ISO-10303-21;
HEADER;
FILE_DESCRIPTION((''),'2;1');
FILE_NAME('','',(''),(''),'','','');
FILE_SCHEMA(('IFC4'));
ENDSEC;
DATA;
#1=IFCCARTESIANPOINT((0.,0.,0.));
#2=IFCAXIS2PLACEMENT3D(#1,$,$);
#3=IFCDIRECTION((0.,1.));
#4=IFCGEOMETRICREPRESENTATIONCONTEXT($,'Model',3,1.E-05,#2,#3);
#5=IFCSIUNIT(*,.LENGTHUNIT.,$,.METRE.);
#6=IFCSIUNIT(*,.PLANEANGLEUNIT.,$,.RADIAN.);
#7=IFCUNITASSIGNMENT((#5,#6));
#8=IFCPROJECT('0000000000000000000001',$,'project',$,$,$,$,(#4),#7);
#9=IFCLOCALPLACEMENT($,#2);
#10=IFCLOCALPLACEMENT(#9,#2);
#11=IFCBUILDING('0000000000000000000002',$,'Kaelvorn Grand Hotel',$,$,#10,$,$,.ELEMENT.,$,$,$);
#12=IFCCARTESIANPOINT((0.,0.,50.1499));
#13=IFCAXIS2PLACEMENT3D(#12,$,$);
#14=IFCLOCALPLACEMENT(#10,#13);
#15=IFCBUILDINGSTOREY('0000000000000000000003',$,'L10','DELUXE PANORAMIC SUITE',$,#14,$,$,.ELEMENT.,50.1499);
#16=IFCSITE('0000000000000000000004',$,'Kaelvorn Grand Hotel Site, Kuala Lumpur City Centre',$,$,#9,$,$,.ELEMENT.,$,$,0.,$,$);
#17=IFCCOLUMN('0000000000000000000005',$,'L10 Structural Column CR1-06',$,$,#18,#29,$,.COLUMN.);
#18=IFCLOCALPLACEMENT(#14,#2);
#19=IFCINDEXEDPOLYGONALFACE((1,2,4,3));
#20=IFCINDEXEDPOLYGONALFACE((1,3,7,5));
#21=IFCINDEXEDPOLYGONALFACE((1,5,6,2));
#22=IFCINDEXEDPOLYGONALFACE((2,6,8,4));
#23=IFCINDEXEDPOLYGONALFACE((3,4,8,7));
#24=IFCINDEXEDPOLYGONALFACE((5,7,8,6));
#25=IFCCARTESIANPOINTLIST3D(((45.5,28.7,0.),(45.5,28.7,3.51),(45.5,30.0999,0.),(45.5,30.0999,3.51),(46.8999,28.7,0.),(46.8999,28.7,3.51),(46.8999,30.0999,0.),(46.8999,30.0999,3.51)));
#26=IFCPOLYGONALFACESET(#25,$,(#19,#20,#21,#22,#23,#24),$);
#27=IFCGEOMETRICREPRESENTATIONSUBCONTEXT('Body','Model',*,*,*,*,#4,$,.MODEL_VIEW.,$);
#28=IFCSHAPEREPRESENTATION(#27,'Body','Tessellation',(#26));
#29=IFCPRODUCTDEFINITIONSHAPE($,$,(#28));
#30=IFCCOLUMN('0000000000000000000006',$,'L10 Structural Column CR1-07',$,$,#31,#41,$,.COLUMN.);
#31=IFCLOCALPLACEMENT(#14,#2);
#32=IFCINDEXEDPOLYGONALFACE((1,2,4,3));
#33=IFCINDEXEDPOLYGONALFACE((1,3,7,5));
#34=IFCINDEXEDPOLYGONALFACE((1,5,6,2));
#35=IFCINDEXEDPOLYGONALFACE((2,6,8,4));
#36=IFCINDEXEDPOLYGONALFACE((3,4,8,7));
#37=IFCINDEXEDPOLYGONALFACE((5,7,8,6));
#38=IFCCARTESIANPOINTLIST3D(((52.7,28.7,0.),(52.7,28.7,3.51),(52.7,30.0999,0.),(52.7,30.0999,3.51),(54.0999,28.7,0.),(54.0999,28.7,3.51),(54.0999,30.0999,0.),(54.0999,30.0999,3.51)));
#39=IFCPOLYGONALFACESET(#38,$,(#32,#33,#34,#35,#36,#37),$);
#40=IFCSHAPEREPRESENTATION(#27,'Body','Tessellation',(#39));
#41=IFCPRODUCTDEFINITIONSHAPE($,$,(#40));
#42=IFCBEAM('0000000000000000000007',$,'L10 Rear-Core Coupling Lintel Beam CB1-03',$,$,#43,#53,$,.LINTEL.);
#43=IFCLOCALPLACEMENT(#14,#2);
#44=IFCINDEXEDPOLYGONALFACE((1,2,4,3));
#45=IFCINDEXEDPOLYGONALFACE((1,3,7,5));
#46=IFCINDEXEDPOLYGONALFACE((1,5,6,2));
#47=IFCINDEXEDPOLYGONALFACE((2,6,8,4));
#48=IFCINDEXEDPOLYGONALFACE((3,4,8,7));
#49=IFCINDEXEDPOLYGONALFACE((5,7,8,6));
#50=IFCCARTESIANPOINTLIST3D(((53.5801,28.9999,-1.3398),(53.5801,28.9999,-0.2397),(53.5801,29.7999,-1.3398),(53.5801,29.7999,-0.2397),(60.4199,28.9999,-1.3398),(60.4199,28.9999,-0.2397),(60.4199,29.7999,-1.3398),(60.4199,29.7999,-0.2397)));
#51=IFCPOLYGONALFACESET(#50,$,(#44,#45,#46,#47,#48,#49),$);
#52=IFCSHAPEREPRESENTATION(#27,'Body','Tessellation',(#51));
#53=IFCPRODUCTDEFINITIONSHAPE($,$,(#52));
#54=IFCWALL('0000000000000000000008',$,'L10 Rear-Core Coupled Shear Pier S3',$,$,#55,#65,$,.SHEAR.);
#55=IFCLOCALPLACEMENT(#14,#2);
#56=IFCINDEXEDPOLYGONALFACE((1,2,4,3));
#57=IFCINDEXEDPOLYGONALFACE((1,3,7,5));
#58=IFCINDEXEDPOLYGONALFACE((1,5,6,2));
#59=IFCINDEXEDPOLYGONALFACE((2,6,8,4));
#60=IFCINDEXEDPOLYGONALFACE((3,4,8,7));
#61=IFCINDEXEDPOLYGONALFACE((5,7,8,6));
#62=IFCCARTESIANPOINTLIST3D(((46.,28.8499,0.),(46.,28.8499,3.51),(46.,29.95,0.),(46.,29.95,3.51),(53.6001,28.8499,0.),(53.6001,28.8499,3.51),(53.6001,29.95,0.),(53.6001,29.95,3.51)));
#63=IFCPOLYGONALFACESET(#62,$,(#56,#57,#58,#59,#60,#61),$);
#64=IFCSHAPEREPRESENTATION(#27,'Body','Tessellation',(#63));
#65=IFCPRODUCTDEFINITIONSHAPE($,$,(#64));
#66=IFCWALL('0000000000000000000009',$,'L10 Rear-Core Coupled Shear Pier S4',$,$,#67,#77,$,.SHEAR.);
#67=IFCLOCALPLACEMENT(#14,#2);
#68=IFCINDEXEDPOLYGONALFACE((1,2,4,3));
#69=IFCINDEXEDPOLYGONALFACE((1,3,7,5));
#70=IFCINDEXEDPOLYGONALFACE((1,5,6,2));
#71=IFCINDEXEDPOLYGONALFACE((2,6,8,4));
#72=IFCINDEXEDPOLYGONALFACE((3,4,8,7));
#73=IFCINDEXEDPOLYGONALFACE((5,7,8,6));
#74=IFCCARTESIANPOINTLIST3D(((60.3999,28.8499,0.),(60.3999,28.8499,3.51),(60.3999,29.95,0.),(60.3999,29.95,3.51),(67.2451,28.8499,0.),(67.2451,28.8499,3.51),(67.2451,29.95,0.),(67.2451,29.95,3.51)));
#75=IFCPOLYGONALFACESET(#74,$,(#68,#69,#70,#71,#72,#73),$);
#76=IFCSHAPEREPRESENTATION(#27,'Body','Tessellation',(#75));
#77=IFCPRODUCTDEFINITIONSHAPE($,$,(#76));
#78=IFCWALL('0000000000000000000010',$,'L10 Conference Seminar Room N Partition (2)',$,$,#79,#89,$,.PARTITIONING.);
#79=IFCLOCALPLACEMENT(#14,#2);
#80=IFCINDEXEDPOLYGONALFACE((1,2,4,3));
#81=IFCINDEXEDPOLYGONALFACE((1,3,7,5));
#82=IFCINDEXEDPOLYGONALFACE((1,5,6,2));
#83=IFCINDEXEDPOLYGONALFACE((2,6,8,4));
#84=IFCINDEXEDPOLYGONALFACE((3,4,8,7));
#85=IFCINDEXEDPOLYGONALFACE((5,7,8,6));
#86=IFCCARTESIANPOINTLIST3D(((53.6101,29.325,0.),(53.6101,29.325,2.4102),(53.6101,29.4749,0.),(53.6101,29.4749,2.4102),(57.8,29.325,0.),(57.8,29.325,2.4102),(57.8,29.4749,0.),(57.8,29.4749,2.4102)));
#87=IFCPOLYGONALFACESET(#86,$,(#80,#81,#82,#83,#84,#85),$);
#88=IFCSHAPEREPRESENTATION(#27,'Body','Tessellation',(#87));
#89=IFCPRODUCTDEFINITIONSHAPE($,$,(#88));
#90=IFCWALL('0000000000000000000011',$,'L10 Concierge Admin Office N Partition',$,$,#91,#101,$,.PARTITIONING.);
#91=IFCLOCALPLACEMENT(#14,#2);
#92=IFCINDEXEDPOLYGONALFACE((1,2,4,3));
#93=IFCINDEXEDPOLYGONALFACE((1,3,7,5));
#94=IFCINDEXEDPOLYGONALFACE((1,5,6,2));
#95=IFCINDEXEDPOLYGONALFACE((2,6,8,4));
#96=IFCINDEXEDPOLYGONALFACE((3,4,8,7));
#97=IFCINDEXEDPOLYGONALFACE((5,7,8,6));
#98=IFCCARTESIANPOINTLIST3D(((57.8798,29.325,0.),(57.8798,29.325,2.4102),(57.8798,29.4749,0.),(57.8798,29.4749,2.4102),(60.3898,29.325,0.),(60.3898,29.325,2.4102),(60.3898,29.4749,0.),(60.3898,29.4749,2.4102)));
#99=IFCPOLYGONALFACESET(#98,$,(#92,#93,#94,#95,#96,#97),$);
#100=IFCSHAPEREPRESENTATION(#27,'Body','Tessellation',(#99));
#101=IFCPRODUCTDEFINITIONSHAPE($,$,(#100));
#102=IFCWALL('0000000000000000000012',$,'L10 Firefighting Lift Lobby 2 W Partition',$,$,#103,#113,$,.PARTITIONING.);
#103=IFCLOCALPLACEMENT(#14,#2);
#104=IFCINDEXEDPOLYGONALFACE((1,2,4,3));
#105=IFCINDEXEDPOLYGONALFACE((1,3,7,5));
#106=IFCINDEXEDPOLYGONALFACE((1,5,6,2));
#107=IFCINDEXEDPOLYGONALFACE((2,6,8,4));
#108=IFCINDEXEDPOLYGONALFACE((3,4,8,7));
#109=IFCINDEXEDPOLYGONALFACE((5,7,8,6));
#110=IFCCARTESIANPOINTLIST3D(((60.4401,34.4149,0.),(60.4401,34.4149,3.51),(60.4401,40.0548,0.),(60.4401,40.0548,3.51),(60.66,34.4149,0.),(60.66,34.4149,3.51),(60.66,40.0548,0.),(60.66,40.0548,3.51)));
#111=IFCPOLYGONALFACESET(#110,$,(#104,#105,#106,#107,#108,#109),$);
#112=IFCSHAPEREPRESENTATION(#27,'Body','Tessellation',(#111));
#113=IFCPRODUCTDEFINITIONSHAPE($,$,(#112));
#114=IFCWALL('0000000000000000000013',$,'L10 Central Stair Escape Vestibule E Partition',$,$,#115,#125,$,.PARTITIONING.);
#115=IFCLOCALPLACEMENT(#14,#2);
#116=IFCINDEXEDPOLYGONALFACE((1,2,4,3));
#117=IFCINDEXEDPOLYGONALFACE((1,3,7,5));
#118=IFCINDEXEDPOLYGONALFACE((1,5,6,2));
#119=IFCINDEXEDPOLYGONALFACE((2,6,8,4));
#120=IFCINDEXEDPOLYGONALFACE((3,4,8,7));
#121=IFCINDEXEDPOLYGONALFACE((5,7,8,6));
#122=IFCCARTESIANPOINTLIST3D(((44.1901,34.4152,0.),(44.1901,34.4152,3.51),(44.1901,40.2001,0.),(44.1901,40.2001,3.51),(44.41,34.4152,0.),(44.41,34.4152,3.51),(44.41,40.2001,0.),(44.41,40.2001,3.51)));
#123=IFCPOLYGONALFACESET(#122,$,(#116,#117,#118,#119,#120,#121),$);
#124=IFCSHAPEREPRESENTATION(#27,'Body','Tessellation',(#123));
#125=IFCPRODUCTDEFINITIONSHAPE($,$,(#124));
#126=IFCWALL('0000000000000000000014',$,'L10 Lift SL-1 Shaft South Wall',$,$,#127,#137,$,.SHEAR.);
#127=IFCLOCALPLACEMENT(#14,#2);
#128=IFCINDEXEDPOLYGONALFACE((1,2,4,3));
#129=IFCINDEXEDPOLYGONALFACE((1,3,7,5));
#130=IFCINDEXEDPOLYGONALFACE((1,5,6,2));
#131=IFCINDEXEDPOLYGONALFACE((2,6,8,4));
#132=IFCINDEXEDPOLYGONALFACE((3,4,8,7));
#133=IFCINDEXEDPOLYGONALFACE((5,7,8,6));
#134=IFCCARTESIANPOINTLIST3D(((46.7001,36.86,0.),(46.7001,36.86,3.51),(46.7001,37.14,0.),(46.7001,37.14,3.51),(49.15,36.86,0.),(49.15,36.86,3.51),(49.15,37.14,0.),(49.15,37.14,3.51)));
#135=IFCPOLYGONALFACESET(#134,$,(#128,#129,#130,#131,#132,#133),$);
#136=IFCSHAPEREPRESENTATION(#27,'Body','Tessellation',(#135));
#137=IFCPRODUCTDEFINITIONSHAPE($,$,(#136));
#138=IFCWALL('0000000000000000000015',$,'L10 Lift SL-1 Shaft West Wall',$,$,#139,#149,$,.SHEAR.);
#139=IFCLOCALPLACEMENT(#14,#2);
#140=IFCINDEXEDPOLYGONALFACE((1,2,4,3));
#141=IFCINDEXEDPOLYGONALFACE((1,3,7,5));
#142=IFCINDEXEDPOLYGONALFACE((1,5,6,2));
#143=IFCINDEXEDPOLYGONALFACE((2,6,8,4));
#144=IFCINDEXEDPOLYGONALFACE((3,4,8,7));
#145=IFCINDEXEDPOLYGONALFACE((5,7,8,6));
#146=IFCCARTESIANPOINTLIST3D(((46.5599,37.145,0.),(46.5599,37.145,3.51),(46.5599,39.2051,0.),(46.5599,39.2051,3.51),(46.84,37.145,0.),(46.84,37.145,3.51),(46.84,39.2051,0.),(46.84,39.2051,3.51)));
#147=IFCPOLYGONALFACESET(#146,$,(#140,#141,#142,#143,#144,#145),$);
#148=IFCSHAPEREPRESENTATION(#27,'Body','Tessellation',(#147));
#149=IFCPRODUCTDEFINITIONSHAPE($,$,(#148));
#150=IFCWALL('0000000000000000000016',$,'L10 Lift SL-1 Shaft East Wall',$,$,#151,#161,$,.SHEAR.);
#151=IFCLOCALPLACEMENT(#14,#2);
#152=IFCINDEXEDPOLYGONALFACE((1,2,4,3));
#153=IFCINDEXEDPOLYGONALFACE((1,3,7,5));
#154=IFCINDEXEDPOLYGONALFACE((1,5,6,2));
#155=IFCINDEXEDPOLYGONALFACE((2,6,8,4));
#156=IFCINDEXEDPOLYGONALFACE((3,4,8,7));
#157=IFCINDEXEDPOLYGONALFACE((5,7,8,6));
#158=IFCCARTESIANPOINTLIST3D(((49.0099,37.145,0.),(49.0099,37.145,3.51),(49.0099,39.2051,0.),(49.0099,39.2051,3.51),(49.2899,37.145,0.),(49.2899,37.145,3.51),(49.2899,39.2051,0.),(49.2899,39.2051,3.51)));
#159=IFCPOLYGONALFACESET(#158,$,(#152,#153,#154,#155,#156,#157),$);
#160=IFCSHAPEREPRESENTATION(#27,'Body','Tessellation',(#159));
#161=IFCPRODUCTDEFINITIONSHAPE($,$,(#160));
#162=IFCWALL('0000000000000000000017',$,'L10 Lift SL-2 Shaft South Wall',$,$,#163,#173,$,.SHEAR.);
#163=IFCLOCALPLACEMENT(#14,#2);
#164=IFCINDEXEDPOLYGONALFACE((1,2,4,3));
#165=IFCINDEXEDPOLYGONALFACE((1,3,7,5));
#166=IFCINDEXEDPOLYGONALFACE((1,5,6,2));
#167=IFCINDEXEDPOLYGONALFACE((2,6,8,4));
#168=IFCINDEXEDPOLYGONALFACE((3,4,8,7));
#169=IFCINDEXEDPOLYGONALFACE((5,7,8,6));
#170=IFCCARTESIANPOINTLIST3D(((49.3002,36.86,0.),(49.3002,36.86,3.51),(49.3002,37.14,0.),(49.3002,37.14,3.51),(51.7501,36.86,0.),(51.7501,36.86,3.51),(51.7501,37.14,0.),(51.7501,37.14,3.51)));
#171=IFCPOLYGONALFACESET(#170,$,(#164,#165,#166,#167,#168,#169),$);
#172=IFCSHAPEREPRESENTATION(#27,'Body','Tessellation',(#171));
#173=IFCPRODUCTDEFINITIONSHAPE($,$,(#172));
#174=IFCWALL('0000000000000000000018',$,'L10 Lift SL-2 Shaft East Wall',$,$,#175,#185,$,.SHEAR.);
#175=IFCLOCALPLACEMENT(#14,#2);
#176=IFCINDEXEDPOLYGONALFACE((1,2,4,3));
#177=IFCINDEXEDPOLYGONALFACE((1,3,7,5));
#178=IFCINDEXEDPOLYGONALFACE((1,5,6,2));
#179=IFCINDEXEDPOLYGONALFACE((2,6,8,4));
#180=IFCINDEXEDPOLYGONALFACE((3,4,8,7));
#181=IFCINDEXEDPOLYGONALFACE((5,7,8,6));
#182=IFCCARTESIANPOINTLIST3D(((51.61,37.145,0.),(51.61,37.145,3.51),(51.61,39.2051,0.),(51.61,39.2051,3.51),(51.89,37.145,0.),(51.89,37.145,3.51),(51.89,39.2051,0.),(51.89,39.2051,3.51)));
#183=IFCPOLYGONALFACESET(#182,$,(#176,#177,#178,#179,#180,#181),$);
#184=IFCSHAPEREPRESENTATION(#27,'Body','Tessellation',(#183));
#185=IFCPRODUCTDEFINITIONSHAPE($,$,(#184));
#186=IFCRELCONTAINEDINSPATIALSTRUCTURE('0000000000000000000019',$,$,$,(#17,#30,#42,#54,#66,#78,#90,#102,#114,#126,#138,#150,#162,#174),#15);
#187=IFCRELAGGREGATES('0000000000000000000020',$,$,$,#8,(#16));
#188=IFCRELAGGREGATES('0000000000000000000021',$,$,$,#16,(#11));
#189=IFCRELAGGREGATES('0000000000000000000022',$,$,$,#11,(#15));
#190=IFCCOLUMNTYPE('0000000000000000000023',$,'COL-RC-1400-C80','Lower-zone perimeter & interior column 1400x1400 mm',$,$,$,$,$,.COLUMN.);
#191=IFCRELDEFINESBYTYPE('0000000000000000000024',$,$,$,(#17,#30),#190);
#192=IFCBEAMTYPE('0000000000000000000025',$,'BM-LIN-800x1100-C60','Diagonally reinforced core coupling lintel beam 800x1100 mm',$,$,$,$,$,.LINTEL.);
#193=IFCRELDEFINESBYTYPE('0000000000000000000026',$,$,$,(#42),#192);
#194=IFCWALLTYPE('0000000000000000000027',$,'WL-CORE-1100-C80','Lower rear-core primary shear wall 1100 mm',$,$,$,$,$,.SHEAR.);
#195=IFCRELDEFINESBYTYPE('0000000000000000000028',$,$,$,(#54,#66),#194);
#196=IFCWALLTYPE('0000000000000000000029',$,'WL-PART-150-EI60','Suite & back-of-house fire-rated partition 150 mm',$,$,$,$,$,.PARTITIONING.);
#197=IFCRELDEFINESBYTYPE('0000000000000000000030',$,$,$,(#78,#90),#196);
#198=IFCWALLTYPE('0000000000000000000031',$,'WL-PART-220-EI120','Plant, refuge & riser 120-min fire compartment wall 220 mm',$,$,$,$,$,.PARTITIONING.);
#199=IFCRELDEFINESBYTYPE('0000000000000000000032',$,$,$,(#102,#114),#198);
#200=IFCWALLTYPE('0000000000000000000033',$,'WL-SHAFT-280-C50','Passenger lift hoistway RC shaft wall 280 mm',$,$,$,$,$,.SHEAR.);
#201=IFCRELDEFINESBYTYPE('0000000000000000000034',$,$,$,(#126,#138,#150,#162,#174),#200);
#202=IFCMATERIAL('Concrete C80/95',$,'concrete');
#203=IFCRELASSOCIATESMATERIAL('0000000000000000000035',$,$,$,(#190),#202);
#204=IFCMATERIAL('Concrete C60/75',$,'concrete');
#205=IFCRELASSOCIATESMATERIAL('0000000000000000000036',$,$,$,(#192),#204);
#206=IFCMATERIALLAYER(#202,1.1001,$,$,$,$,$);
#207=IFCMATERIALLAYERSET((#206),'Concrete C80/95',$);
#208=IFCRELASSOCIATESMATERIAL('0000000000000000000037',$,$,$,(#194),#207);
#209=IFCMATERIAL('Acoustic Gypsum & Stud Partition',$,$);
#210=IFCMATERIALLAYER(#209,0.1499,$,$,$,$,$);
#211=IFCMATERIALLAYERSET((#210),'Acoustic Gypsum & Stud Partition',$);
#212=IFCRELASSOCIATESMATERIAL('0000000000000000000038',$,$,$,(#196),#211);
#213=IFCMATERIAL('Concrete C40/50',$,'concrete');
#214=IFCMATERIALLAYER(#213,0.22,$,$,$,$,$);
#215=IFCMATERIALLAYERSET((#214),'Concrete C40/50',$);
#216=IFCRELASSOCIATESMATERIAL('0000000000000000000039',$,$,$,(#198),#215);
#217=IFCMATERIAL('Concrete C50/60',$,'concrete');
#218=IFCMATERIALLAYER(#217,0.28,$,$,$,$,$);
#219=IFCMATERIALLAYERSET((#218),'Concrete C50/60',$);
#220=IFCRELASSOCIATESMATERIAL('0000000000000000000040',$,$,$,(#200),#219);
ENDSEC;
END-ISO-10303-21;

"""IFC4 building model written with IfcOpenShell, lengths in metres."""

from ifc_helpers import new_model, si_unit, direction, frame, frame_2d, origin, origin_2d, place, context, subcontext, project, spatial, rectangle, extrude, material, layer, layer_set, material_profile, profile_set, type_object, element, save


model = new_model("IFC4")

# Units and contexts
model_context = context("Model", 3, precision=1e-05, world=origin(), true_north=direction((0.0, 1.0)))
body_context = subcontext(model_context, "Body", "Model", "MODEL_VIEW")
ifc_project = project(units=[si_unit("LENGTHUNIT", "METRE"), si_unit("PLANEANGLEUNIT", "RADIAN")], contexts=[model_context])

# Site, building, storey
site_placement = place(None, origin())
site = spatial("IfcSite", under=ifc_project, at=site_placement, Name="Kaelvorn Grand Hotel Site, Kuala Lumpur City Centre", CompositionType="ELEMENT", RefElevation=0.0)
building_placement = place(site_placement, origin())
building = spatial("IfcBuilding", under=site, at=building_placement, Name="Kaelvorn Grand Hotel", CompositionType="ELEMENT")
storey_placement = place(building_placement, frame((0.0, 0.0, 50.1499)))
storey = spatial("IfcBuildingStorey", under=building, at=storey_placement, Name="L10", Description="DELUXE PANORAMIC SUITE", CompositionType="ELEMENT", Elevation=50.1499)

# Columns
ifc_material_1 = material(Name="Concrete C80/95", Category="concrete")
ifc_material_profile_1 = material_profile(ifc_material_1, rectangle(XDim=1.3999, YDim=1.3999, at=origin_2d()), Name="RC COL 1400x1400")
ifc_profile_set_1 = profile_set([ifc_material_profile_1], Name="Concrete C80/95")
column_type = type_object("IfcColumnType", Name="COL-RC-1400-C80", Description="Lower-zone perimeter & interior column 1400x1400 mm", PredefinedType="COLUMN", material=ifc_profile_set_1)
for number, where, z_axis, x_axis, name in (
    (1, (46.2, 29.3999, 0.0), (0.0, 0.0, 1.0), (1.0, 0.0, 0.0), "L10 Structural Column CR1-06"),
    (2, (53.3999, 29.3999, 0.0), (0.0, 0.0, 1.0), (1.0, 0.0, 0.0), "L10 Structural Column CR1-07"),
):
    element("IfcColumn", number, at=place(storey_placement, frame(where, z_axis=z_axis, x_axis=x_axis)), inside=storey, type_object=column_type, Name=name, PredefinedType="COLUMN", context=body_context, shape_type="SweptSolid", body=[
        extrude(rectangle(XDim=1.3999, YDim=1.3999, at=origin_2d()), origin(), (0.0, 0.0, 1.0), 3.51),
    ])

# Beam
ifc_material_2 = material(Name="Concrete C60/75", Category="concrete")
ifc_material_profile_2 = material_profile(ifc_material_2, rectangle(XDim=0.8, YDim=1.1001, at=origin_2d()), Name="RC LINTEL 800x1100")
ifc_profile_set_2 = profile_set([ifc_material_profile_2], Name="Concrete C60/75")
beam_type = type_object("IfcBeamType", Name="BM-LIN-800x1100-C60", Description="Diagonally reinforced core coupling lintel beam 800x1100 mm", PredefinedType="LINTEL", material=ifc_profile_set_2)
beam_placement = place(storey_placement, frame((53.5801, 29.3999, -0.7898), z_axis=(1.0, 0.0, 0.0), x_axis=(0.0, 1.0, 0.0)))
element("IfcBeam", 3, at=beam_placement, inside=storey, type_object=beam_type, Name="L10 Rear-Core Coupling Lintel Beam CB1-03", PredefinedType="LINTEL", context=body_context, shape_type="SweptSolid", body=[
    extrude(rectangle(XDim=0.8, YDim=1.1001, at=origin_2d()), origin(), (0.0, 0.0, 1.0), 6.8398),
])

# Walls
ifc_layer_1 = layer(ifc_material_1, 1.1001)
ifc_layer_set_1 = layer_set([ifc_layer_1], Name="Concrete C80/95")
wall_type_1 = type_object("IfcWallType", Name="WL-CORE-1100-C80", Description="Lower rear-core primary shear wall 1100 mm", PredefinedType="SHEAR", material=ifc_layer_set_1)
wall_1_placement = place(storey_placement, frame((46.0, 29.3999, 0.0), z_axis=(0.0, 0.0, 1.0), x_axis=(1.0, 0.0, 0.0)))
element("IfcWall", 4, at=wall_1_placement, inside=storey, type_object=wall_type_1, Name="L10 Rear-Core Coupled Shear Pier S3", PredefinedType="SHEAR", context=body_context, shape_type="SweptSolid", body=[
    extrude(rectangle(XDim=7.6001, YDim=1.1001, at=frame_2d((3.8, 0.0))), origin(), (0.0, 0.0, 1.0), 3.51),
])
wall_2_placement = place(storey_placement, frame((60.3999, 29.3999, 0.0), z_axis=(0.0, 0.0, 1.0), x_axis=(1.0, 0.0, 0.0)))
element("IfcWall", 5, at=wall_2_placement, inside=storey, type_object=wall_type_1, Name="L10 Rear-Core Coupled Shear Pier S4", PredefinedType="SHEAR", context=body_context, shape_type="SweptSolid", body=[
    extrude(rectangle(XDim=6.8452, YDim=1.1001, at=frame_2d((3.4226, 0.0))), origin(), (0.0, 0.0, 1.0), 3.51),
])
ifc_material_3 = material(Name="Acoustic Gypsum & Stud Partition")
ifc_layer_2 = layer(ifc_material_3, 0.1499)
ifc_layer_set_2 = layer_set([ifc_layer_2], Name="Acoustic Gypsum & Stud Partition")
wall_type_2 = type_object("IfcWallType", Name="WL-PART-150-EI60", Description="Suite & back-of-house fire-rated partition 150 mm", PredefinedType="PARTITIONING", material=ifc_layer_set_2)
wall_3_placement = place(storey_placement, frame((53.6101, 29.3999, 0.0), z_axis=(0.0, 0.0, 1.0), x_axis=(1.0, 0.0, 0.0)))
element("IfcWall", 6, at=wall_3_placement, inside=storey, type_object=wall_type_2, Name="L10 Conference Seminar Room N Partition (2)", PredefinedType="PARTITIONING", context=body_context, shape_type="SweptSolid", body=[
    extrude(rectangle(XDim=4.1899, YDim=0.1499, at=frame_2d((2.095, 0.0))), origin(), (0.0, 0.0, 1.0), 2.4102),
])
wall_4_placement = place(storey_placement, frame((57.8799, 29.3999, 0.0), z_axis=(0.0, 0.0, 1.0), x_axis=(1.0, 0.0, 0.0)))
element("IfcWall", 7, at=wall_4_placement, inside=storey, type_object=wall_type_2, Name="L10 Concierge Admin Office N Partition", PredefinedType="PARTITIONING", context=body_context, shape_type="SweptSolid", body=[
    extrude(rectangle(XDim=2.51, YDim=0.1499, at=frame_2d((1.2549, 0.0))), origin(), (0.0, 0.0, 1.0), 2.4102),
])

# Shared definitions
ifc_material_4 = material(Name="Concrete C40/50", Category="concrete")
ifc_layer_3 = layer(ifc_material_4, 0.22)
ifc_layer_set_3 = layer_set([ifc_layer_3], Name="Concrete C40/50")
wall_type_3 = type_object("IfcWallType", Name="WL-PART-220-EI120", Description="Plant, refuge & riser 120-min fire compartment wall 220 mm", PredefinedType="PARTITIONING", material=ifc_layer_set_3)

# Walls
wall_5_placement = place(storey_placement, frame((60.55, 34.415, 0.0), z_axis=(0.0, 0.0, 1.0), x_axis=(0.0, 1.0, 0.0)))
element("IfcWall", 8, at=wall_5_placement, inside=storey, type_object=wall_type_3, Name="L10 Firefighting Lift Lobby 2 W Partition", PredefinedType="PARTITIONING", context=body_context, shape_type="SweptSolid", body=[
    extrude(rectangle(XDim=5.6399, YDim=0.22, at=frame_2d((2.8198, 0.0))), origin(), (0.0, 0.0, 1.0), 3.51),
])
wall_6_placement = place(storey_placement, frame((44.3, 34.415, 0.0), z_axis=(0.0, 0.0, 1.0), x_axis=(0.0, 1.0, 0.0)))
element("IfcWall", 9, at=wall_6_placement, inside=storey, type_object=wall_type_3, Name="L10 Central Stair Escape Vestibule E Partition", PredefinedType="PARTITIONING", context=body_context, shape_type="SweptSolid", body=[
    extrude(rectangle(XDim=5.7849, YDim=0.22, at=frame_2d((2.8926, 0.0))), origin(), (0.0, 0.0, 1.0), 3.51),
])
ifc_material_5 = material(Name="Concrete C50/60", Category="concrete")
ifc_layer_4 = layer(ifc_material_5, 0.28)
ifc_layer_set_4 = layer_set([ifc_layer_4], Name="Concrete C50/60")
wall_type_4 = type_object("IfcWallType", Name="WL-SHAFT-280-C50", Description="Passenger lift hoistway RC shaft wall 280 mm", PredefinedType="SHEAR", material=ifc_layer_set_4)
wall_7_placement = place(storey_placement, frame((46.7, 37.0, 0.0), z_axis=(0.0, 0.0, 1.0), x_axis=(1.0, 0.0, 0.0)))
element("IfcWall", 10, at=wall_7_placement, inside=storey, type_object=wall_type_4, Name="L10 Lift SL-1 Shaft South Wall", PredefinedType="SHEAR", context=body_context, shape_type="SweptSolid", body=[
    extrude(rectangle(XDim=2.45, YDim=0.28, at=frame_2d((1.2251, 0.0))), origin(), (0.0, 0.0, 1.0), 3.51),
])
for number, where, z_axis, x_axis, name in (
    (11, (46.7, 37.145, 0.0), (0.0, 0.0, 1.0), (0.0, 1.0, 0.0), "L10 Lift SL-1 Shaft West Wall"),
    (12, (49.1499, 37.145, 0.0), (0.0, 0.0, 1.0), (0.0, 1.0, 0.0), "L10 Lift SL-1 Shaft East Wall"),
):
    element("IfcWall", number, at=place(storey_placement, frame(where, z_axis=z_axis, x_axis=x_axis)), inside=storey, type_object=wall_type_4, Name=name, PredefinedType="SHEAR", context=body_context, shape_type="SweptSolid", body=[
        extrude(rectangle(XDim=2.0601, YDim=0.28, at=frame_2d((1.03, 0.0))), origin(), (0.0, 0.0, 1.0), 3.51),
    ])
wall_8_placement = place(storey_placement, frame((49.3, 37.0, 0.0), z_axis=(0.0, 0.0, 1.0), x_axis=(1.0, 0.0, 0.0)))
element("IfcWall", 13, at=wall_8_placement, inside=storey, type_object=wall_type_4, Name="L10 Lift SL-2 Shaft South Wall", PredefinedType="SHEAR", context=body_context, shape_type="SweptSolid", body=[
    extrude(rectangle(XDim=2.45, YDim=0.28, at=frame_2d((1.2251, 0.0))), origin(), (0.0, 0.0, 1.0), 3.51),
])
wall_9_placement = place(storey_placement, frame((51.75, 37.145, 0.0), z_axis=(0.0, 0.0, 1.0), x_axis=(0.0, 1.0, 0.0)))
element("IfcWall", 14, at=wall_9_placement, inside=storey, type_object=wall_type_4, Name="L10 Lift SL-2 Shaft East Wall", PredefinedType="SHEAR", context=body_context, shape_type="SweptSolid", body=[
    extrude(rectangle(XDim=2.0601, YDim=0.28, at=frame_2d((1.03, 0.0))), origin(), (0.0, 0.0, 1.0), 3.51),
])

save(model, "model.ifc")
